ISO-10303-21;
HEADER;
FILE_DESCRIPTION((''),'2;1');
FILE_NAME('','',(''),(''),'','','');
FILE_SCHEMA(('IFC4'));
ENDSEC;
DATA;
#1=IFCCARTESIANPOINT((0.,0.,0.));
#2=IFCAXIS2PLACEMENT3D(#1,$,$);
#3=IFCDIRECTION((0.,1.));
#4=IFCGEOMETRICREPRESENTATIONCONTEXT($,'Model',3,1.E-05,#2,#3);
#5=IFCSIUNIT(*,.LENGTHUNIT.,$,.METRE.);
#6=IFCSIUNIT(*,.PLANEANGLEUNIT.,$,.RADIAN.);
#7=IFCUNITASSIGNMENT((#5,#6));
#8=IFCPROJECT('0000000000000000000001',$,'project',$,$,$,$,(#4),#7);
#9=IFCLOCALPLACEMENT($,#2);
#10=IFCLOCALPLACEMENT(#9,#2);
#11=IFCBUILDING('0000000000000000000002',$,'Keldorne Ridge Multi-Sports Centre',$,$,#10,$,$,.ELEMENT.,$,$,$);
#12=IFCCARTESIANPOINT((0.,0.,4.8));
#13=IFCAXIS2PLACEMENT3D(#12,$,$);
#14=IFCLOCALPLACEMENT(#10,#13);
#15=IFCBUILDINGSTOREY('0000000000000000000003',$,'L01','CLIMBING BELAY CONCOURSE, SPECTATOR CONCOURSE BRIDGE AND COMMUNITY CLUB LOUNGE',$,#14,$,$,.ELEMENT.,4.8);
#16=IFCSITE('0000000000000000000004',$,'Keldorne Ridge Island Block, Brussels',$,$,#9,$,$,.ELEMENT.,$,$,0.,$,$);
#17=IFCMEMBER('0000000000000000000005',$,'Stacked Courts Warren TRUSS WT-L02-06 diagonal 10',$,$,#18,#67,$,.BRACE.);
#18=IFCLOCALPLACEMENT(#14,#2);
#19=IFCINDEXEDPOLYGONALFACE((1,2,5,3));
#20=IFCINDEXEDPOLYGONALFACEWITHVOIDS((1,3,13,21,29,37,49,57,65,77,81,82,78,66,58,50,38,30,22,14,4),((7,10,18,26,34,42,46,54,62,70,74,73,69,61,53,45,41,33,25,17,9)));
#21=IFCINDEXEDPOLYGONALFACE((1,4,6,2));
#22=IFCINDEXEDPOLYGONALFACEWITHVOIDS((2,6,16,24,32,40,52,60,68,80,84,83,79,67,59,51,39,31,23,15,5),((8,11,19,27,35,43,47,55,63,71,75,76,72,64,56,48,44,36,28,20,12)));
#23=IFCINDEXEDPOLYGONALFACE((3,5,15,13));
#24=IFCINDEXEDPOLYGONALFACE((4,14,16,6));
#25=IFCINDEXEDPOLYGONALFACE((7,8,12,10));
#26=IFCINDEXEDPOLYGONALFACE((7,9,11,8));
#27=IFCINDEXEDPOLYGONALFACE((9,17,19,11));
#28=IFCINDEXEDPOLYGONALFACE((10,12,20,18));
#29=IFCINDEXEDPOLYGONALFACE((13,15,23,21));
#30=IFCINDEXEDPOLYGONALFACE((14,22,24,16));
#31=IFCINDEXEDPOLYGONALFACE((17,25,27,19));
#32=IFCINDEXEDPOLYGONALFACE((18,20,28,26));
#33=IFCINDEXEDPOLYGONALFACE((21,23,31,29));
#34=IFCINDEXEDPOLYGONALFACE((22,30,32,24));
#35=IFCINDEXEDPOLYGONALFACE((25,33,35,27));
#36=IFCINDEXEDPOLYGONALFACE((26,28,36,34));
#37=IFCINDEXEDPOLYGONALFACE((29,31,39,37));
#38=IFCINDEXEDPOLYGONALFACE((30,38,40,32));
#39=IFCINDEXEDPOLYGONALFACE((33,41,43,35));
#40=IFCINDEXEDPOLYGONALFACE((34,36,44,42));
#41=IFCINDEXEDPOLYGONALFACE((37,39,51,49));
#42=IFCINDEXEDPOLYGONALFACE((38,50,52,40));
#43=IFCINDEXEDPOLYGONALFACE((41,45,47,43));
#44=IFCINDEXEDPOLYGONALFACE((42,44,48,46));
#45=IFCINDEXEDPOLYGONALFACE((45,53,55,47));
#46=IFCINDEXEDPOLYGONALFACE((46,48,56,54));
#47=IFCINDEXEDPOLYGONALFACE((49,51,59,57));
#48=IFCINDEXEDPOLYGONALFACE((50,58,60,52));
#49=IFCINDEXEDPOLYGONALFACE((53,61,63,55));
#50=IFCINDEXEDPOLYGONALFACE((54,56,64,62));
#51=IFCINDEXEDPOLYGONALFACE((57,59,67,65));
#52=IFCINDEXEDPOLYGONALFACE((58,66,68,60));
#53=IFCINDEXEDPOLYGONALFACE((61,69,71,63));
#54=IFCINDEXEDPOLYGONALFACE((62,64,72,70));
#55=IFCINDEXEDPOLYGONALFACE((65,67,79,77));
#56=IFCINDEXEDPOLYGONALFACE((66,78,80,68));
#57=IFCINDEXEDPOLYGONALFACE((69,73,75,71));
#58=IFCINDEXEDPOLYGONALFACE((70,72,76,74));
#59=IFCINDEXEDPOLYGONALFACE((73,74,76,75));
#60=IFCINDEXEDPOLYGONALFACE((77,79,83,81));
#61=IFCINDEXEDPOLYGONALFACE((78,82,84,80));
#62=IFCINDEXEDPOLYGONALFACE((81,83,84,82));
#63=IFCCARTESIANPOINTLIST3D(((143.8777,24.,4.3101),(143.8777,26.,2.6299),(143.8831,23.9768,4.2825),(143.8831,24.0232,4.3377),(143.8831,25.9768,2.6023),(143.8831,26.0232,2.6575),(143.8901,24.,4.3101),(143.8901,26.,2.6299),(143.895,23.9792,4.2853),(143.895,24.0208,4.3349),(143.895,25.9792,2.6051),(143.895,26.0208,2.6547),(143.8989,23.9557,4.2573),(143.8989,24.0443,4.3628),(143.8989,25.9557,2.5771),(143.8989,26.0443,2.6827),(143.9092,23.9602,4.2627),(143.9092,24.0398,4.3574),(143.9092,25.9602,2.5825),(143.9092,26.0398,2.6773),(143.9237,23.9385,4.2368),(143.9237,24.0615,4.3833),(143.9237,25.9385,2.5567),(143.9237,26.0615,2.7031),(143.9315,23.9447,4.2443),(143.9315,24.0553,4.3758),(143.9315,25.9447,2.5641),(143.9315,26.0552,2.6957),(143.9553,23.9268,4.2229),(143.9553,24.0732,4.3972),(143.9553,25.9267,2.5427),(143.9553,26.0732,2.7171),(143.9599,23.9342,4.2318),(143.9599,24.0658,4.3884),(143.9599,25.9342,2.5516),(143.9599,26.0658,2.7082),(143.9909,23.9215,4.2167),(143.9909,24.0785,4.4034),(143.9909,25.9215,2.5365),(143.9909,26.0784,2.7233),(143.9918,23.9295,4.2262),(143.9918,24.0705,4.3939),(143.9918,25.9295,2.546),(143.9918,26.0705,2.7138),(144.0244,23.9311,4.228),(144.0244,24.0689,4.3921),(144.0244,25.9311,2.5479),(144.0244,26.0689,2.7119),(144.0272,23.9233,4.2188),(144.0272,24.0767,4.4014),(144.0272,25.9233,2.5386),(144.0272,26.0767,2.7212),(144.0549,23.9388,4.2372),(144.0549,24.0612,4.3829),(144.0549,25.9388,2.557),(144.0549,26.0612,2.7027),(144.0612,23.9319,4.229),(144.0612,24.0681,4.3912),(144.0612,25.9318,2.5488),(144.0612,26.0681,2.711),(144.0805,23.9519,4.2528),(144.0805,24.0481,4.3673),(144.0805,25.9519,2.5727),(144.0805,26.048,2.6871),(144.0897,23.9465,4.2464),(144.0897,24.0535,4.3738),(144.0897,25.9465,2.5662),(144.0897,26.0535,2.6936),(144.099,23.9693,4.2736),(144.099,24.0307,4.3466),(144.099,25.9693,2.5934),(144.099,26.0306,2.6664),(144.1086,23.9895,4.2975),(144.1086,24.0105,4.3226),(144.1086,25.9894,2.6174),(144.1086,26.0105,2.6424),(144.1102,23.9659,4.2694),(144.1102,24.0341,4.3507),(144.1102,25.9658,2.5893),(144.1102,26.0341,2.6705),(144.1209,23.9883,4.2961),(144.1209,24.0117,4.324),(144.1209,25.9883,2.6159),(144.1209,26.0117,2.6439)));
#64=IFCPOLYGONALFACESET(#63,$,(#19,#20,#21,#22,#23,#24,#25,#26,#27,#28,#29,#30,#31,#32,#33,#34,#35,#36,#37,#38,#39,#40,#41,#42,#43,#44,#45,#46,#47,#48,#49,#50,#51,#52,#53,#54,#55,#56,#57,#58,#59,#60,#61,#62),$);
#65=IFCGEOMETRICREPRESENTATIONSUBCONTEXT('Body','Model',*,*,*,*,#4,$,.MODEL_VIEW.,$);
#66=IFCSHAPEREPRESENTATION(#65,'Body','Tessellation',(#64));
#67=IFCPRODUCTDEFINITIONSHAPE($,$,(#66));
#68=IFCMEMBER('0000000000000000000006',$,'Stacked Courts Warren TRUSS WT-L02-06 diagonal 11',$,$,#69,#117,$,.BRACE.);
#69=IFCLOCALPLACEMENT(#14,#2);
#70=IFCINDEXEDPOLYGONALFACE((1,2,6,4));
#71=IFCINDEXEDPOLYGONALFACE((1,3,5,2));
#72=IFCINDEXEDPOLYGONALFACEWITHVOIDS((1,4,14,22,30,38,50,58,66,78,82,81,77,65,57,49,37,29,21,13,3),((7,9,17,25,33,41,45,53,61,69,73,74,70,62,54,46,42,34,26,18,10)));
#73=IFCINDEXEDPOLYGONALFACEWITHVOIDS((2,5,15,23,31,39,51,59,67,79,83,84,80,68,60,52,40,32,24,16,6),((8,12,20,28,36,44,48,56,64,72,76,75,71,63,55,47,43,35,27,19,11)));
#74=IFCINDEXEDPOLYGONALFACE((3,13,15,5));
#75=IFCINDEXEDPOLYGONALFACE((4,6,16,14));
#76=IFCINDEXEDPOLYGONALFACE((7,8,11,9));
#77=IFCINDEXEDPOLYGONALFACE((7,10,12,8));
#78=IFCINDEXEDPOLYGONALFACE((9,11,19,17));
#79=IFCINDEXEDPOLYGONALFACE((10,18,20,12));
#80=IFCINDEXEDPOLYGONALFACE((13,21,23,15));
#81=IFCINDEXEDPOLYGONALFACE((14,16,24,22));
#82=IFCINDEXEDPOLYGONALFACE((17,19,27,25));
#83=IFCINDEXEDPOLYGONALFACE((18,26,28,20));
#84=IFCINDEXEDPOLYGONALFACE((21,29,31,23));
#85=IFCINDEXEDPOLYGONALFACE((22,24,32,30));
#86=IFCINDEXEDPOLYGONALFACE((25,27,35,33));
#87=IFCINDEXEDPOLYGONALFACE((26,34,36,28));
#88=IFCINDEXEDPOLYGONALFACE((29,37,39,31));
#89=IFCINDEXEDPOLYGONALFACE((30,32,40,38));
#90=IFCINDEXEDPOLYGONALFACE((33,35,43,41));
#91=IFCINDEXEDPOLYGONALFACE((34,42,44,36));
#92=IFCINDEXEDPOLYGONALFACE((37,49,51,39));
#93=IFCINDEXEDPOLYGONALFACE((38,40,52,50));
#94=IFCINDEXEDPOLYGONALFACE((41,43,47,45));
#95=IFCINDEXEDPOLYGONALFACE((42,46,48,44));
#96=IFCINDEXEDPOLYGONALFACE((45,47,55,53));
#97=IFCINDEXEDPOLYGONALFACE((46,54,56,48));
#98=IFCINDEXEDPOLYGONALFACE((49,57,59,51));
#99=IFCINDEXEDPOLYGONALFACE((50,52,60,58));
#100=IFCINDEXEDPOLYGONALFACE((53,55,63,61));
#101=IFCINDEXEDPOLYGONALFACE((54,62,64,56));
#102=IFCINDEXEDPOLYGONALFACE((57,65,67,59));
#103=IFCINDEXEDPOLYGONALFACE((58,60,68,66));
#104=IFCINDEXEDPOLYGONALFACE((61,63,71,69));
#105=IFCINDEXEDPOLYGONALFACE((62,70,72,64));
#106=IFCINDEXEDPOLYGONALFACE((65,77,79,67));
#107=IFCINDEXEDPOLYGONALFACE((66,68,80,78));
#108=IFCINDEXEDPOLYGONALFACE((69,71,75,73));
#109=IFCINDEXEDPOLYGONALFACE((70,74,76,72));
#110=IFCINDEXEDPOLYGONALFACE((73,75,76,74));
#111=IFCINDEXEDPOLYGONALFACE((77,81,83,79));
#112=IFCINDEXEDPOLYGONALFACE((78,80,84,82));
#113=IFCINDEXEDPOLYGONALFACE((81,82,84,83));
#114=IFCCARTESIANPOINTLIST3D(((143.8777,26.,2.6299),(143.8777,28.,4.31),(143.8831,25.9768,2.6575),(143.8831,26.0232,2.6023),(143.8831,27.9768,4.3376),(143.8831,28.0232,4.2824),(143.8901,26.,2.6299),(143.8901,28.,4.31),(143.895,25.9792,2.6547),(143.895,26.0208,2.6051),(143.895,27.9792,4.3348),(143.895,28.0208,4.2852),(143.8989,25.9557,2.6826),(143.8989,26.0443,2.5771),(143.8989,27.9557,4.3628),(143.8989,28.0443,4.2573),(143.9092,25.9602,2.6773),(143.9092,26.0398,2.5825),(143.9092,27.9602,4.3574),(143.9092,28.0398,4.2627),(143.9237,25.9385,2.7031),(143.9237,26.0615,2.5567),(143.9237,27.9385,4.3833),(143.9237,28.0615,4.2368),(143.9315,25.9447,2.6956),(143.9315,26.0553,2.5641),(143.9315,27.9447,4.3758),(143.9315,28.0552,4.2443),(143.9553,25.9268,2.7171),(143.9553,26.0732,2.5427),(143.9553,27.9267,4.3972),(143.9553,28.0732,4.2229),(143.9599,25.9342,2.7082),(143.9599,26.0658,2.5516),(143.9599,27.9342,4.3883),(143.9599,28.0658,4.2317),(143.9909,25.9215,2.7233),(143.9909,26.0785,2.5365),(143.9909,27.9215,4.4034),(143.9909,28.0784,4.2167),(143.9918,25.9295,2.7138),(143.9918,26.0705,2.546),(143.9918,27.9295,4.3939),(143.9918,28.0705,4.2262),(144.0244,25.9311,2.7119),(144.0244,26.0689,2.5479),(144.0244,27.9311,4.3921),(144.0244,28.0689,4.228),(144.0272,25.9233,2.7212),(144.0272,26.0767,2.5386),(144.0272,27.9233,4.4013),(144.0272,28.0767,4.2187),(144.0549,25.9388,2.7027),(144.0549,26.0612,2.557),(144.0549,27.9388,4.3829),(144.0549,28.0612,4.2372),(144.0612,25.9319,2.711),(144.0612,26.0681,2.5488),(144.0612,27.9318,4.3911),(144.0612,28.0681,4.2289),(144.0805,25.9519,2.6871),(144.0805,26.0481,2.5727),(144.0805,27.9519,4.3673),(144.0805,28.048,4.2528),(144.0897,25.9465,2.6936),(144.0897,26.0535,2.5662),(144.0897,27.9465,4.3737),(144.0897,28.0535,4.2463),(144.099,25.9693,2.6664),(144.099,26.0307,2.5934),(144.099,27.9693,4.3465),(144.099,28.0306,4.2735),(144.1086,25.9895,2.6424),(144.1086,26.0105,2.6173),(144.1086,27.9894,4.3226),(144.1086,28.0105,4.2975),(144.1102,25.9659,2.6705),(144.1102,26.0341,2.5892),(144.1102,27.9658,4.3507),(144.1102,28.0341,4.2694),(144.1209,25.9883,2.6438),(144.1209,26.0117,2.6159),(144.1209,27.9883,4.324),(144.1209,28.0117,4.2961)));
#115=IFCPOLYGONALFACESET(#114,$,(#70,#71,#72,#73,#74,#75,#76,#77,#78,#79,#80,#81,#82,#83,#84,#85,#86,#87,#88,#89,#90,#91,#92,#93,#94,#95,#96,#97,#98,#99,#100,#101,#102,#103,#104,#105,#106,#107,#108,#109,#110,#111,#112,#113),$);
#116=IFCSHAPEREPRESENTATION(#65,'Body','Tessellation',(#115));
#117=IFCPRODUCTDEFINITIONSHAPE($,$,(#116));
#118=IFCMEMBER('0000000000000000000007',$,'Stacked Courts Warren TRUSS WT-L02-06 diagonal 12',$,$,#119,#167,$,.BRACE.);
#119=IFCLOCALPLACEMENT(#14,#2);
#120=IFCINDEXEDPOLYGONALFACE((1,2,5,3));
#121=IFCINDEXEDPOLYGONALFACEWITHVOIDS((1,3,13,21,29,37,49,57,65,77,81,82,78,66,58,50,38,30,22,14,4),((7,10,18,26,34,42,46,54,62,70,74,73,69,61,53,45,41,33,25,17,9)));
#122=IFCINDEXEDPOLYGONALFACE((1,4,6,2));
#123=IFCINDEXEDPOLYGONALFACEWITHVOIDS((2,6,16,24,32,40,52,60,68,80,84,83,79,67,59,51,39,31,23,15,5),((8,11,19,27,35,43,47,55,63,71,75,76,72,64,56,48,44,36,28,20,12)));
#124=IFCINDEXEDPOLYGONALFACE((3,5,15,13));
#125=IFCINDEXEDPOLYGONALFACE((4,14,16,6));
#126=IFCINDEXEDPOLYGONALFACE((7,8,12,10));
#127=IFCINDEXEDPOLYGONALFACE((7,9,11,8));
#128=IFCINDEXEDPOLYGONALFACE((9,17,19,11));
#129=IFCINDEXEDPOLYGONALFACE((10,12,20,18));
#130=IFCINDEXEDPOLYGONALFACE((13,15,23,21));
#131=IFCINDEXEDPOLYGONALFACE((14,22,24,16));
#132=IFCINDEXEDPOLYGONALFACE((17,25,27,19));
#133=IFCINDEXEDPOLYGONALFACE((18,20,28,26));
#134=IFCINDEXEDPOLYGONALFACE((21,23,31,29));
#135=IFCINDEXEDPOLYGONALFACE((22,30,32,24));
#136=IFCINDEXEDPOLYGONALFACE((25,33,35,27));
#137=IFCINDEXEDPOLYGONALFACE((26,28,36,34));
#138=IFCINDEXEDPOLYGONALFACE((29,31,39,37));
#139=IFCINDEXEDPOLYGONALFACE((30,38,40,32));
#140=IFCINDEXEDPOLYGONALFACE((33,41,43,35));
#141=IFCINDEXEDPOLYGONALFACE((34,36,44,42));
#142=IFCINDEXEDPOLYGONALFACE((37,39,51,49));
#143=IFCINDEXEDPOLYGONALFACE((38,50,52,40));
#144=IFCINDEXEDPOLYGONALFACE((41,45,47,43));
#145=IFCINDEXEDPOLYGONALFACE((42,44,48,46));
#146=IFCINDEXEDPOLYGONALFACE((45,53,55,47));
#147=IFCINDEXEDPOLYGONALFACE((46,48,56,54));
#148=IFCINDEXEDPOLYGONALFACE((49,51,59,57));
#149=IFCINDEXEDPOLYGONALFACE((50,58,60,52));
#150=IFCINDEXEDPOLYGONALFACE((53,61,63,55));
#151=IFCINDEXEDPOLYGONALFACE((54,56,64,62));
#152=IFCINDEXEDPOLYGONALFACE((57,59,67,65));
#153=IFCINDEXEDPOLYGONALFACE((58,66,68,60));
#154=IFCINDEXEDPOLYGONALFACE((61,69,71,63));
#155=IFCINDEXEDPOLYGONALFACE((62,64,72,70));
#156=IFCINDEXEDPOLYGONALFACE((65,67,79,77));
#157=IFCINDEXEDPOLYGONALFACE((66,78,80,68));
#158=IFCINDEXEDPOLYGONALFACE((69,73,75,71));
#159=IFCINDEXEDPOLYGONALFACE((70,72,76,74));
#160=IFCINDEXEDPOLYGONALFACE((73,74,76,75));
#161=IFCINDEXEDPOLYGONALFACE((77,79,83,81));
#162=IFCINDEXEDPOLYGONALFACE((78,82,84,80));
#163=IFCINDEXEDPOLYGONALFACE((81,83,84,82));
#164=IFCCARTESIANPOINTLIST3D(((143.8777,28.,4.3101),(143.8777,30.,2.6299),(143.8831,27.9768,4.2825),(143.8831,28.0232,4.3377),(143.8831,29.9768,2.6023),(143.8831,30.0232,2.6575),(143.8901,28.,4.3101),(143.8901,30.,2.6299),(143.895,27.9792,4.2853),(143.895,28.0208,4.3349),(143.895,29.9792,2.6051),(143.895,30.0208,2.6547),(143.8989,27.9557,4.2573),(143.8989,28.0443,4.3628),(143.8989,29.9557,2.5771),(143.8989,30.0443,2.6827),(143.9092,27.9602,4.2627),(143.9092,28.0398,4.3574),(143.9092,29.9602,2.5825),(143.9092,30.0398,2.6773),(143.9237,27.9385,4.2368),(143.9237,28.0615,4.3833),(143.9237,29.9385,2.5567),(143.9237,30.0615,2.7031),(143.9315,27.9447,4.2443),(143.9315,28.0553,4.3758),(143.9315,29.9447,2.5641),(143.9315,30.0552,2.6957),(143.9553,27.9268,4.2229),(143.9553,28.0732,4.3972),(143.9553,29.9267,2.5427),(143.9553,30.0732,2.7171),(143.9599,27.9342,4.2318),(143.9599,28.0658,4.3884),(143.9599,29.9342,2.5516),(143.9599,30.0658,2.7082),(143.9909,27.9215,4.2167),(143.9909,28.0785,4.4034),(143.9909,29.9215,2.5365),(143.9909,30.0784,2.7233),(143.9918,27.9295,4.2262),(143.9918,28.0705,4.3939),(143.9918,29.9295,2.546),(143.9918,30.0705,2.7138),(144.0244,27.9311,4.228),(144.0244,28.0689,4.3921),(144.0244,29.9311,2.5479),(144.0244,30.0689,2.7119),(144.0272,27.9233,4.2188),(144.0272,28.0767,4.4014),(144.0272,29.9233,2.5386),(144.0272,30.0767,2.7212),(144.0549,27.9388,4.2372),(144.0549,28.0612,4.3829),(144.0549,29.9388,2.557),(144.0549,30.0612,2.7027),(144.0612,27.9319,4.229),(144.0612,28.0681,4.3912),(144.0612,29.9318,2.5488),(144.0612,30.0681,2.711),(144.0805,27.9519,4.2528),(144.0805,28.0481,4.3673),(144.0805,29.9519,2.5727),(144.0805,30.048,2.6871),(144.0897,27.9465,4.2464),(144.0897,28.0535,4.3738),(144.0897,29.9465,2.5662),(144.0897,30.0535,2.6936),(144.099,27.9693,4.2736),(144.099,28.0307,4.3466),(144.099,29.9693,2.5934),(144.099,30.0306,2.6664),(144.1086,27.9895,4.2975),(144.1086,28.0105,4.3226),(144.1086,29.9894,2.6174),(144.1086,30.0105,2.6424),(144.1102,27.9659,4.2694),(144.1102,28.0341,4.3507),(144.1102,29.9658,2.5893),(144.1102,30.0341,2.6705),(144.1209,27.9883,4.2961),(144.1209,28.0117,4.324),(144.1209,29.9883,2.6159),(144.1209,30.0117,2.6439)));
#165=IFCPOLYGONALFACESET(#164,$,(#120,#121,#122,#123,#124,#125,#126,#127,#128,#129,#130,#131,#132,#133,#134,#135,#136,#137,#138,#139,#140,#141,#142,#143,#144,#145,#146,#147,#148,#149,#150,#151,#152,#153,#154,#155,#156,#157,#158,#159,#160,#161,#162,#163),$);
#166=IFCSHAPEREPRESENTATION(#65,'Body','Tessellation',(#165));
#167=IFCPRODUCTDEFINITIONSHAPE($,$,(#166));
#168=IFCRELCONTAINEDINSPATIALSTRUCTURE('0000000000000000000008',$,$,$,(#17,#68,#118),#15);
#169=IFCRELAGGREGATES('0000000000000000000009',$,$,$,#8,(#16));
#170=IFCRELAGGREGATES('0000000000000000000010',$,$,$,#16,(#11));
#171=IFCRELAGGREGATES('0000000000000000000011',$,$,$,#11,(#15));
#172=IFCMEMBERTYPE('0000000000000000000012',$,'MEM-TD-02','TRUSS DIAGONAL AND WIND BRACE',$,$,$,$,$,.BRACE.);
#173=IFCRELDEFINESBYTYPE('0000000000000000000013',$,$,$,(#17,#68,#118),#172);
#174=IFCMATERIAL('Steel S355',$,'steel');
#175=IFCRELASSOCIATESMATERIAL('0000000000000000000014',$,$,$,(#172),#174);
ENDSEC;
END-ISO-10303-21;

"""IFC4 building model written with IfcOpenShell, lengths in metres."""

from ifc_helpers import new_model, si_unit, direction, frame, origin, origin_2d, place, context, subcontext, project, spatial, hollow_circle, extrude, material, material_profile, profile_set, type_object, element, save


model = new_model("IFC4")

# Units and contexts
model_context = context("Model", 3, precision=1e-05, world=origin(), true_north=direction((0.0, 1.0)))
body_context = subcontext(model_context, "Body", "Model", "MODEL_VIEW")
ifc_project = project(units=[si_unit("LENGTHUNIT", "METRE"), si_unit("PLANEANGLEUNIT", "RADIAN")], contexts=[model_context])

# Site, building, storey
site_placement = place(None, origin())
site = spatial("IfcSite", under=ifc_project, at=site_placement, Name="Keldorne Ridge Island Block, Brussels", CompositionType="ELEMENT", RefElevation=0.0)
building_placement = place(site_placement, origin())
building = spatial("IfcBuilding", under=site, at=building_placement, Name="Keldorne Ridge Multi-Sports Centre", CompositionType="ELEMENT")
storey_placement = place(building_placement, frame((0.0, 0.0, 4.8)))
storey = spatial("IfcBuildingStorey", under=building, at=storey_placement, Name="L01", Description="CLIMBING BELAY CONCOURSE, SPECTATOR CONCOURSE BRIDGE AND COMMUNITY CLUB LOUNGE", CompositionType="ELEMENT", Elevation=4.8)

# Members
ifc_material = material(Name="Steel S355", Category="steel")
ifc_material_profile_1 = material_profile(ifc_material, hollow_circle(Radius=0.1223, WallThickness=0.0125, at=origin_2d()), Name="CHS 244.5x12.5")
ifc_profile_set_1 = profile_set([ifc_material_profile_1], Name="Steel S355")
member_type_1 = type_object("IfcMemberType", Name="MEM-TD-02", Description="TRUSS DIAGONAL AND WIND BRACE", PredefinedType="BRACE", material=ifc_profile_set_1)
for number, where, z_axis, x_axis, name in (
    (1, (144.0, 24.0, 4.3101), (0.0, 0.765672, -0.643232), (-1.0, 0.0, 0.0), "Stacked Courts Warren TRUSS WT-L02-06 diagonal 10"),
    (2, (144.0, 26.0, 2.6299), (0.0, 0.765672, 0.643232), (-1.0, 0.0, 0.0), "Stacked Courts Warren TRUSS WT-L02-06 diagonal 11"),
    (3, (144.0, 28.0, 4.3101), (0.0, 0.765672, -0.643232), (-1.0, 0.0, 0.0), "Stacked Courts Warren TRUSS WT-L02-06 diagonal 12"),
):
    element("IfcMember", number, at=place(storey_placement, frame(where, z_axis=z_axis, x_axis=x_axis)), inside=storey, type_object=member_type_1, Name=name, PredefinedType="BRACE", context=body_context, shape_type="SweptSolid", body=[
        extrude(hollow_circle(Radius=0.1223, WallThickness=0.0125, at=origin_2d()), origin(), (0.0, 0.0, 1.0), 2.6121),
    ])

save(model, "model.ifc")
